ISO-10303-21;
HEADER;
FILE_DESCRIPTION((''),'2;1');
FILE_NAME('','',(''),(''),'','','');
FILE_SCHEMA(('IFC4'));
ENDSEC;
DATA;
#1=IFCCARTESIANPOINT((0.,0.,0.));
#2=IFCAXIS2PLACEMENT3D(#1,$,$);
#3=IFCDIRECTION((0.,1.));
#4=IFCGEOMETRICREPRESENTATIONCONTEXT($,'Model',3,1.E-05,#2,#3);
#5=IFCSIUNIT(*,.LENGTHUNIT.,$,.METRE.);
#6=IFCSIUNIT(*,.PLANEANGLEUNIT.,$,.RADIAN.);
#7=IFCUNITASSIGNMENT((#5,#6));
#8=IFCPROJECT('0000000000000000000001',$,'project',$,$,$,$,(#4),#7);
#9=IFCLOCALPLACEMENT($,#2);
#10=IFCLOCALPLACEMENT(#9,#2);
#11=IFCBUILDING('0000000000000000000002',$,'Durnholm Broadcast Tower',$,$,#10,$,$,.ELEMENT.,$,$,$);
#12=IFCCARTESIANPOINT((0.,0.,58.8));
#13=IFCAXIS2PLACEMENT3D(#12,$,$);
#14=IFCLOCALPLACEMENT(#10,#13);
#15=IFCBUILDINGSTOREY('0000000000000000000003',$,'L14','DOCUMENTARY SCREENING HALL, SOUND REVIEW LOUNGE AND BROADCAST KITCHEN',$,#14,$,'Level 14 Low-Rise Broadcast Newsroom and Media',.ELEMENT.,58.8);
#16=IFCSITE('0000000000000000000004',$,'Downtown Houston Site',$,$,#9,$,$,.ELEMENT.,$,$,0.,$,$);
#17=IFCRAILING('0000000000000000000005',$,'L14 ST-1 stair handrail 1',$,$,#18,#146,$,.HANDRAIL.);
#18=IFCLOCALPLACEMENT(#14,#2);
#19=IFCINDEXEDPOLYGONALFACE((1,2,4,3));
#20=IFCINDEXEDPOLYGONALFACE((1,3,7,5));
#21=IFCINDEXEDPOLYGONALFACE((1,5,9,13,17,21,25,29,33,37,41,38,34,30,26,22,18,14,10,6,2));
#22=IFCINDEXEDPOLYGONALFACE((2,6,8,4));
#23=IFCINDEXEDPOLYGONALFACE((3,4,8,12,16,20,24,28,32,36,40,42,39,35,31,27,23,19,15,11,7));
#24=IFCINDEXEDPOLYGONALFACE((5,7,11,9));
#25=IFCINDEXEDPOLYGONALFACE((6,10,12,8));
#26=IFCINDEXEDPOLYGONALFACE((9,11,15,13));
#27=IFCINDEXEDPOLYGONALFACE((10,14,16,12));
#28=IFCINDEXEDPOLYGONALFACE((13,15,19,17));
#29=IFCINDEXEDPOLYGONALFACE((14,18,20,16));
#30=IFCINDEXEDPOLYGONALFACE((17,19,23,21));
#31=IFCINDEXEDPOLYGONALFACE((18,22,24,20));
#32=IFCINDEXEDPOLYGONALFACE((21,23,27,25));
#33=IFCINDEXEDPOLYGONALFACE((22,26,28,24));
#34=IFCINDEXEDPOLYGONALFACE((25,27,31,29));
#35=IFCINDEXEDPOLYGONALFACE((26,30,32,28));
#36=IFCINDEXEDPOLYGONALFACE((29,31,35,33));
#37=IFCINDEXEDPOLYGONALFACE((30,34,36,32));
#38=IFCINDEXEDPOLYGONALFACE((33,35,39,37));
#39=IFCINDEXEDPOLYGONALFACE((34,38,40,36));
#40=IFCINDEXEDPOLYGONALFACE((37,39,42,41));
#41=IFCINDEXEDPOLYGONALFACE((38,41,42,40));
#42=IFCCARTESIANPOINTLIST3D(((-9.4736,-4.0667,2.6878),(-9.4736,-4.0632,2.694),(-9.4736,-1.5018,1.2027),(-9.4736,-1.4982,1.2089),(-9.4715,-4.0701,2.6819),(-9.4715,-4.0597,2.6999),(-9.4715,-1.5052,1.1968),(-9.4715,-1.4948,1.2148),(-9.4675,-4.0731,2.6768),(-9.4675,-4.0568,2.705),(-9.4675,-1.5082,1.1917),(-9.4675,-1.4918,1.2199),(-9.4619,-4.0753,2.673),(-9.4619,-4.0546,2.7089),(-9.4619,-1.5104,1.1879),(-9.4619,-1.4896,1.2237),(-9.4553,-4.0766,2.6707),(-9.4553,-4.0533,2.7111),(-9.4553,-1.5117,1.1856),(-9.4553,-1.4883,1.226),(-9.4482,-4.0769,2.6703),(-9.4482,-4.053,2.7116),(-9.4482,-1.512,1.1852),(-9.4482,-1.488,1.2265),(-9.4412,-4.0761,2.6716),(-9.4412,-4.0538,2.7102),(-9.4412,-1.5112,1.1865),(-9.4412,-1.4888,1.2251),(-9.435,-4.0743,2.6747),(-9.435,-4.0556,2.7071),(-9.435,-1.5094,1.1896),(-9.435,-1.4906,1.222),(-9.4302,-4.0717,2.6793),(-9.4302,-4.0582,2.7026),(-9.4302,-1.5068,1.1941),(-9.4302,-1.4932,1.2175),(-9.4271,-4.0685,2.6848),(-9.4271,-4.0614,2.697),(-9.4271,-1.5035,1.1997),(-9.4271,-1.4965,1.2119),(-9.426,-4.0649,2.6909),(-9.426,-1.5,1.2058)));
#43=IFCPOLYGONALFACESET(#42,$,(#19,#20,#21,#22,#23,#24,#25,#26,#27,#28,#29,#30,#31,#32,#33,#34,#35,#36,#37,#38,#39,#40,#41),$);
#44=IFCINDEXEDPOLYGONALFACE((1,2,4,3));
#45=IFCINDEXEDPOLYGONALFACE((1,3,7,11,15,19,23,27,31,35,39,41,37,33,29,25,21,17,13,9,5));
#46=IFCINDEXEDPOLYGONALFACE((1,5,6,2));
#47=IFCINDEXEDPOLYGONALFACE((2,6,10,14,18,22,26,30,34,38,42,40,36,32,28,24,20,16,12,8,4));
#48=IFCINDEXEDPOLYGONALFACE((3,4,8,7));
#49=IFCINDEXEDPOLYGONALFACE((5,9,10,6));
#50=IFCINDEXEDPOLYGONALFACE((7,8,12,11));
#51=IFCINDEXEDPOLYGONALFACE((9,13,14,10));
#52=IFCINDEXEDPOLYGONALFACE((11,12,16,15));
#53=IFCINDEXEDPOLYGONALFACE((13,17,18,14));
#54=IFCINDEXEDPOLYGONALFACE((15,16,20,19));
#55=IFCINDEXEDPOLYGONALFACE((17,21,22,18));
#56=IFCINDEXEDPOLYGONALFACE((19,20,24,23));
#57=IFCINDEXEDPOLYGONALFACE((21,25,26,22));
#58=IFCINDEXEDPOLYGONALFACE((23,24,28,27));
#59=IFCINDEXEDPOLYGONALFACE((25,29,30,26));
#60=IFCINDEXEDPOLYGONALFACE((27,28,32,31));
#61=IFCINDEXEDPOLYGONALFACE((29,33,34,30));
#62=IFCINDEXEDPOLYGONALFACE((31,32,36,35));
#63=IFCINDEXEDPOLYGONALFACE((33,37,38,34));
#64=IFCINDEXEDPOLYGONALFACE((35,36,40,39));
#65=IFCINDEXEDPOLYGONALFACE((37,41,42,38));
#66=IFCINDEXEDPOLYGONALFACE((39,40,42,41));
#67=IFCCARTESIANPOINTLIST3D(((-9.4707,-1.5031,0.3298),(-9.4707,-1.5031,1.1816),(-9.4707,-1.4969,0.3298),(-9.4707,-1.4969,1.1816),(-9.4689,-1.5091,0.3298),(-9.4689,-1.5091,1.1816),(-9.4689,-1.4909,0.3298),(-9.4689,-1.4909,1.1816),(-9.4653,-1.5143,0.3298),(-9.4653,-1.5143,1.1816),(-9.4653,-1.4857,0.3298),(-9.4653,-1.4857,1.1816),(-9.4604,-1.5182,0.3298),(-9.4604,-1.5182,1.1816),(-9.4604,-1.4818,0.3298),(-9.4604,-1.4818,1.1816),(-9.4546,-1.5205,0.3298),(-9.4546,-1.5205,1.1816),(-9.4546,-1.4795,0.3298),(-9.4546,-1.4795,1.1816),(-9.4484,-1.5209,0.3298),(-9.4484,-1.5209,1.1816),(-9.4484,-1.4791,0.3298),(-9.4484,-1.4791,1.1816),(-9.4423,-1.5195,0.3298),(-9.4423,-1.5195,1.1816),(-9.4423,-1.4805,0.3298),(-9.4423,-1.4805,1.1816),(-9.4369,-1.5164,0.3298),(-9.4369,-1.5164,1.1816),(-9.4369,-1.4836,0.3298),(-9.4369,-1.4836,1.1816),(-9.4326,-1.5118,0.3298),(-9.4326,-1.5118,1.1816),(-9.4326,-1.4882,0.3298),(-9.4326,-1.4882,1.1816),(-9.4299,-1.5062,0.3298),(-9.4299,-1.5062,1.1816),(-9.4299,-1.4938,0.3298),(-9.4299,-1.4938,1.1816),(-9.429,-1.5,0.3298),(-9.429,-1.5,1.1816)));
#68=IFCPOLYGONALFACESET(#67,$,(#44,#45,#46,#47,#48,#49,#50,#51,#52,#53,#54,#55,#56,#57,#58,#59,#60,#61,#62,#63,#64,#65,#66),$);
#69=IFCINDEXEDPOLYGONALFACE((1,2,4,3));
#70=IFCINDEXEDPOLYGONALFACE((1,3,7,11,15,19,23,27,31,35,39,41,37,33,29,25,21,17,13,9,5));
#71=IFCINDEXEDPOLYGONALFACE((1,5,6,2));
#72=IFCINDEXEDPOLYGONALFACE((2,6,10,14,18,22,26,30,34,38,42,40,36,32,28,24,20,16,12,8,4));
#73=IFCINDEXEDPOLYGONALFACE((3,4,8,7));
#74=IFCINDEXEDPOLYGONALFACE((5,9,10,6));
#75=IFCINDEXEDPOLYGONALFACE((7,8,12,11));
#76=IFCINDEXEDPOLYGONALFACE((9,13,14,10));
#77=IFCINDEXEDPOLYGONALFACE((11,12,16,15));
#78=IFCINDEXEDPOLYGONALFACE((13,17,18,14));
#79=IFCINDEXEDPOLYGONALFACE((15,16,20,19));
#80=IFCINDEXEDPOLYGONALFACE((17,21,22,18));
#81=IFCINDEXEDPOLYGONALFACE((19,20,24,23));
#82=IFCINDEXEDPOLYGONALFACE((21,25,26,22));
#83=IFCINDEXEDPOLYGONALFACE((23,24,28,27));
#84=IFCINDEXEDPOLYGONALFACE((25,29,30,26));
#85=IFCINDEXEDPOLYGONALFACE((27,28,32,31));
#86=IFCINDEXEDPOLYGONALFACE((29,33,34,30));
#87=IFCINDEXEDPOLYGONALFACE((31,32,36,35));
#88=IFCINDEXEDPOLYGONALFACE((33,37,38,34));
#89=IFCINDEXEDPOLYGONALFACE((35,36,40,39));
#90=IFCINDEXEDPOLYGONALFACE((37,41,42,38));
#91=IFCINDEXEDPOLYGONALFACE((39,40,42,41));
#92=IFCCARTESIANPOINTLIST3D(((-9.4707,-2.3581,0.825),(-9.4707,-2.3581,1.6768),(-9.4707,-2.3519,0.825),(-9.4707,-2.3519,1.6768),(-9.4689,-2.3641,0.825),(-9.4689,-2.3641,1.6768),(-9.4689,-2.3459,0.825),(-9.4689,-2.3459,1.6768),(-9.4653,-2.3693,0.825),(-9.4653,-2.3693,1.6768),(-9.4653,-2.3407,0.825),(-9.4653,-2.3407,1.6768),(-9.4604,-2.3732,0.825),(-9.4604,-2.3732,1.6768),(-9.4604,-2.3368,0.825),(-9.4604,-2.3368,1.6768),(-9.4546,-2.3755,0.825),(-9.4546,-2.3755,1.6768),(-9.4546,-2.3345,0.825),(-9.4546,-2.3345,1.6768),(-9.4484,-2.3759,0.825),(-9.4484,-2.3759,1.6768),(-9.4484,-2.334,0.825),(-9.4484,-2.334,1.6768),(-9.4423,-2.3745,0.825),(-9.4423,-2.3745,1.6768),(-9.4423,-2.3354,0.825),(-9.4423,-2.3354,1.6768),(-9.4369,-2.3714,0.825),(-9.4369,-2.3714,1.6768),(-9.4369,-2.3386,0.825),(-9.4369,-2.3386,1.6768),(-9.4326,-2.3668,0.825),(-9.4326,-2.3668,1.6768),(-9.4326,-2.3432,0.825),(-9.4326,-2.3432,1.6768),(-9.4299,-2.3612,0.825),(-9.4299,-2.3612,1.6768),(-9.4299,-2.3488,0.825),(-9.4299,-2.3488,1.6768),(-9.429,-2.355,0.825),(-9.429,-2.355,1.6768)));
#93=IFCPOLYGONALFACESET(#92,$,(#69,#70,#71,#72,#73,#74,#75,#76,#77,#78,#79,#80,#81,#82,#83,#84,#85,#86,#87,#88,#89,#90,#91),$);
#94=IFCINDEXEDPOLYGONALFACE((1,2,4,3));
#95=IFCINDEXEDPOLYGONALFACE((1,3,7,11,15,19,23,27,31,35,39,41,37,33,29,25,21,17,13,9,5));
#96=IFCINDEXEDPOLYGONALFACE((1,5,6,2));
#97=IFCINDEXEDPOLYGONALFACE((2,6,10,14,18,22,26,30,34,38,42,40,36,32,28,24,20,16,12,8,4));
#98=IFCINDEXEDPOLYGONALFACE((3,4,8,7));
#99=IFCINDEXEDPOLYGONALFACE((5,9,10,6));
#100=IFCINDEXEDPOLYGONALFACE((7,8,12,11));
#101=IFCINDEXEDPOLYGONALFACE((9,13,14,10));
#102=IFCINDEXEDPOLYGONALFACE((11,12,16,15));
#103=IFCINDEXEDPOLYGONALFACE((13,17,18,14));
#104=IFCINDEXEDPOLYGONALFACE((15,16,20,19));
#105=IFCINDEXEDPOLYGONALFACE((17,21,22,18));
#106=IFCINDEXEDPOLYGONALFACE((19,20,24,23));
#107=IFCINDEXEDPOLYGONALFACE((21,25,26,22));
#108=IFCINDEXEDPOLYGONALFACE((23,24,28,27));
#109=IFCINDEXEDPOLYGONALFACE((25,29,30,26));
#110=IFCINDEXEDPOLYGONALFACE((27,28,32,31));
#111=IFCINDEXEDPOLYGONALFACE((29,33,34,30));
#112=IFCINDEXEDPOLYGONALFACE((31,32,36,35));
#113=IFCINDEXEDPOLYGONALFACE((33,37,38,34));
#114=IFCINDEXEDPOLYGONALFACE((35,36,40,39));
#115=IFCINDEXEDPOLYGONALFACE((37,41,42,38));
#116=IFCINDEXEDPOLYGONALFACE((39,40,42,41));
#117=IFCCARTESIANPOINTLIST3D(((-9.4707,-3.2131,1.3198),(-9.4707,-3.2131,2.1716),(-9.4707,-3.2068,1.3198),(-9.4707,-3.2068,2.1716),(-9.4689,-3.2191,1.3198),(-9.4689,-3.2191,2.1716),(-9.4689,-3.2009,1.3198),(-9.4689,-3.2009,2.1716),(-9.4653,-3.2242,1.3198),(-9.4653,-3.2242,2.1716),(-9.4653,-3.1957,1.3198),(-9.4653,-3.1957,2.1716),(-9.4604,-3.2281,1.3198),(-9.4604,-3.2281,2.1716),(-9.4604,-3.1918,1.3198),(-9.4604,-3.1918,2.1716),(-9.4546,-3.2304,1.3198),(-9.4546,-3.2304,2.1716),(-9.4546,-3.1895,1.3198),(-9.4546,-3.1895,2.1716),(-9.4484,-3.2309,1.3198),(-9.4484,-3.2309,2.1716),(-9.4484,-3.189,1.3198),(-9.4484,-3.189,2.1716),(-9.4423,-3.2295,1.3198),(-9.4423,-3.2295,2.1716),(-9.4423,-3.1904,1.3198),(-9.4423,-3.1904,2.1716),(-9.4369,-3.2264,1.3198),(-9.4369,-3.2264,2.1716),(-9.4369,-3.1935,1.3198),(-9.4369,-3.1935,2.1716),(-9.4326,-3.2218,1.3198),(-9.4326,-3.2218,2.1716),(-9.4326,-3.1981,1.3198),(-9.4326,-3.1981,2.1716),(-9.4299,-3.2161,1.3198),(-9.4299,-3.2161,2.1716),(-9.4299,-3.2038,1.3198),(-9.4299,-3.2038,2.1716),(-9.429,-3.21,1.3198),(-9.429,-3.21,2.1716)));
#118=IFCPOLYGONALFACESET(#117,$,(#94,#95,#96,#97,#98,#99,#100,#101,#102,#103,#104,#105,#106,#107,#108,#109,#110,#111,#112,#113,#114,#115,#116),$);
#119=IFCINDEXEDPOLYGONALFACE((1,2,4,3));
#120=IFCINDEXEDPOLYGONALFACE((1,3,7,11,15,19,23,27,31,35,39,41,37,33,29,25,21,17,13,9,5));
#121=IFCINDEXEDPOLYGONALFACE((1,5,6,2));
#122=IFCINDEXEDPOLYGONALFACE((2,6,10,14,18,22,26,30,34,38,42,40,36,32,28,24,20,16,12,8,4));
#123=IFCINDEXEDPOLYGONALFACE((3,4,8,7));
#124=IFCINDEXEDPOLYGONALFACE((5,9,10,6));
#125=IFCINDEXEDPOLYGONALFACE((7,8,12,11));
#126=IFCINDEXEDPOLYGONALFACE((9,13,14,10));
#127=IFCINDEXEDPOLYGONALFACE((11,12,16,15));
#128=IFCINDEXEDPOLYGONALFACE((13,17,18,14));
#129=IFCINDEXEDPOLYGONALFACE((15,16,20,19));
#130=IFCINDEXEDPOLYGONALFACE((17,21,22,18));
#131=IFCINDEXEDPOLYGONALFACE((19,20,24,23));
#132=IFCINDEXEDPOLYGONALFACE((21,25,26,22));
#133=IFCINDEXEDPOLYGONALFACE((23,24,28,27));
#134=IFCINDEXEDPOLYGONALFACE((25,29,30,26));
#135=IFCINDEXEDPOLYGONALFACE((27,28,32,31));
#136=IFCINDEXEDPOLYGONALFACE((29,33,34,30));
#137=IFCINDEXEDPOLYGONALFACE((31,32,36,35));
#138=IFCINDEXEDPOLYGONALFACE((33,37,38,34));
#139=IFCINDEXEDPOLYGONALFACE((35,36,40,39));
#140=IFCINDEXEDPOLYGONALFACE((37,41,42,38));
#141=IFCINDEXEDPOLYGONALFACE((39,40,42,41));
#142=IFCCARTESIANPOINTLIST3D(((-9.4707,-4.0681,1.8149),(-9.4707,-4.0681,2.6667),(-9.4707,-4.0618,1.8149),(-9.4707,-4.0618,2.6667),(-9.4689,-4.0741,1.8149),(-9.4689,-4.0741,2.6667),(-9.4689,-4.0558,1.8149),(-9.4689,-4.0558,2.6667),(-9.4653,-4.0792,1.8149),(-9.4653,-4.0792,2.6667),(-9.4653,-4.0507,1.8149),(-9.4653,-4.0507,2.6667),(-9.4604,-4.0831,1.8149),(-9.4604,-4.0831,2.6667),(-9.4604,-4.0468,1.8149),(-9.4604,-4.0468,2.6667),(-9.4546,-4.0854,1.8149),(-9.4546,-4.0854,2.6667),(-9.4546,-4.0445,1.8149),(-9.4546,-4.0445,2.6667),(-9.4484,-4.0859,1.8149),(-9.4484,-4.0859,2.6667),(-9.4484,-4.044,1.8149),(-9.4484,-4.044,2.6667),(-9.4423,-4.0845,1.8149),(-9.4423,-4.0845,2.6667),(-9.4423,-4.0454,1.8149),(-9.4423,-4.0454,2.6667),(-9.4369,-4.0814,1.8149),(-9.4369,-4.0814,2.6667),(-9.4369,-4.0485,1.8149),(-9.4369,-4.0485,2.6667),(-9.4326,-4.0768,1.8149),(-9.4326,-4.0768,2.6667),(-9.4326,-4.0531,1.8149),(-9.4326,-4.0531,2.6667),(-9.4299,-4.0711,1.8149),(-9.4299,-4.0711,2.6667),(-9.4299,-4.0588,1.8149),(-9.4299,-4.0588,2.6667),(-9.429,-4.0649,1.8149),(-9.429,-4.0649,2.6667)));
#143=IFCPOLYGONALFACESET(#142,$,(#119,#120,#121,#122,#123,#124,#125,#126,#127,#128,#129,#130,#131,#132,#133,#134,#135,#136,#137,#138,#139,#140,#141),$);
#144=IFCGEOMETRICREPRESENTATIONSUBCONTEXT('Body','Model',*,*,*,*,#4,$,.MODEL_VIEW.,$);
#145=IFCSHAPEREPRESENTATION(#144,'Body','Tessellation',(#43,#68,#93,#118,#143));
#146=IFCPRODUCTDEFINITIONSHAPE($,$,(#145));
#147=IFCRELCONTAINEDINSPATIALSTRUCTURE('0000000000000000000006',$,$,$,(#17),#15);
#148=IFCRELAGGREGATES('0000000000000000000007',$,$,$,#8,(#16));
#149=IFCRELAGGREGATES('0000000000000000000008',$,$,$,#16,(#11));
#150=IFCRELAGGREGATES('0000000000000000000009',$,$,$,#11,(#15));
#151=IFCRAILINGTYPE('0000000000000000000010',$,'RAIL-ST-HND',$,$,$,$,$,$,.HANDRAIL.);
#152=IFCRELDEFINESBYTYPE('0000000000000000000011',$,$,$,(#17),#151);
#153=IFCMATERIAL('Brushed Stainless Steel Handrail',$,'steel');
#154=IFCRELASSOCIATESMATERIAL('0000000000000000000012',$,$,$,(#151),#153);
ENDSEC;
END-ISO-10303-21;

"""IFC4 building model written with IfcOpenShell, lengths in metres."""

from ifc_helpers import new_model, si_unit, direction, frame, origin, origin_2d, place, context, subcontext, project, spatial, circle, extrude, material, type_object, element, save


model = new_model("IFC4")

# Units and contexts
model_context = context("Model", 3, precision=1e-05, world=origin(), true_north=direction((0.0, 1.0)))
body_context = subcontext(model_context, "Body", "Model", "MODEL_VIEW")
ifc_project = project(units=[si_unit("LENGTHUNIT", "METRE"), si_unit("PLANEANGLEUNIT", "RADIAN")], contexts=[model_context])

# Site, building, storey
site_placement = place(None, origin())
site = spatial("IfcSite", under=ifc_project, at=site_placement, Name="Downtown Houston Site", CompositionType="ELEMENT", RefElevation=0.0)
building_placement = place(site_placement, origin())
building = spatial("IfcBuilding", under=site, at=building_placement, Name="Durnholm Broadcast Tower", CompositionType="ELEMENT")
storey_placement = place(building_placement, frame((0.0, 0.0, 58.8)))
storey = spatial("IfcBuildingStorey", under=building, at=storey_placement, Name="L14", Description="DOCUMENTARY SCREENING HALL, SOUND REVIEW LOUNGE AND BROADCAST KITCHEN", LongName="Level 14 Low-Rise Broadcast Newsroom and Media", CompositionType="ELEMENT", Elevation=58.8)

# Railing
ifc_material_1 = material(Name="Brushed Stainless Steel Handrail", Category="steel")
railing_type_1 = type_object("IfcRailingType", Name="RAIL-ST-HND", PredefinedType="HANDRAIL", material=ifc_material_1)
railing_1_placement = place(storey_placement, frame((-9.45, -1.5, 0.3298)))
element("IfcRailing", 1, at=railing_1_placement, inside=storey, type_object=railing_type_1, Name="L14 ST-1 stair handrail 1", PredefinedType="HANDRAIL", context=body_context, shape_type="SweptSolid", body=[
    extrude(circle(Radius=0.0239, at=origin_2d()), frame((0.0, 0.0, 0.876), z_axis=(0.0, -0.865406, 0.501072), x_axis=(1.0, 0.0, 0.0)), (0.0, 0.0, 1.0), 2.9639),
    extrude(circle(Radius=0.021, at=origin_2d()), origin(), (0.0, 0.0, 1.0), 0.8518),
    extrude(circle(Radius=0.021, at=origin_2d()), frame((0.0, -0.855, 0.4951)), (0.0, 0.0, 1.0), 0.8518),
    extrude(circle(Radius=0.021, at=origin_2d()), frame((0.0, -1.71, 0.99)), (0.0, 0.0, 1.0), 0.8518),
    extrude(circle(Radius=0.021, at=origin_2d()), frame((0.0, -2.5649, 1.4851)), (0.0, 0.0, 1.0), 0.8518),
])

save(model, "model.ifc")
